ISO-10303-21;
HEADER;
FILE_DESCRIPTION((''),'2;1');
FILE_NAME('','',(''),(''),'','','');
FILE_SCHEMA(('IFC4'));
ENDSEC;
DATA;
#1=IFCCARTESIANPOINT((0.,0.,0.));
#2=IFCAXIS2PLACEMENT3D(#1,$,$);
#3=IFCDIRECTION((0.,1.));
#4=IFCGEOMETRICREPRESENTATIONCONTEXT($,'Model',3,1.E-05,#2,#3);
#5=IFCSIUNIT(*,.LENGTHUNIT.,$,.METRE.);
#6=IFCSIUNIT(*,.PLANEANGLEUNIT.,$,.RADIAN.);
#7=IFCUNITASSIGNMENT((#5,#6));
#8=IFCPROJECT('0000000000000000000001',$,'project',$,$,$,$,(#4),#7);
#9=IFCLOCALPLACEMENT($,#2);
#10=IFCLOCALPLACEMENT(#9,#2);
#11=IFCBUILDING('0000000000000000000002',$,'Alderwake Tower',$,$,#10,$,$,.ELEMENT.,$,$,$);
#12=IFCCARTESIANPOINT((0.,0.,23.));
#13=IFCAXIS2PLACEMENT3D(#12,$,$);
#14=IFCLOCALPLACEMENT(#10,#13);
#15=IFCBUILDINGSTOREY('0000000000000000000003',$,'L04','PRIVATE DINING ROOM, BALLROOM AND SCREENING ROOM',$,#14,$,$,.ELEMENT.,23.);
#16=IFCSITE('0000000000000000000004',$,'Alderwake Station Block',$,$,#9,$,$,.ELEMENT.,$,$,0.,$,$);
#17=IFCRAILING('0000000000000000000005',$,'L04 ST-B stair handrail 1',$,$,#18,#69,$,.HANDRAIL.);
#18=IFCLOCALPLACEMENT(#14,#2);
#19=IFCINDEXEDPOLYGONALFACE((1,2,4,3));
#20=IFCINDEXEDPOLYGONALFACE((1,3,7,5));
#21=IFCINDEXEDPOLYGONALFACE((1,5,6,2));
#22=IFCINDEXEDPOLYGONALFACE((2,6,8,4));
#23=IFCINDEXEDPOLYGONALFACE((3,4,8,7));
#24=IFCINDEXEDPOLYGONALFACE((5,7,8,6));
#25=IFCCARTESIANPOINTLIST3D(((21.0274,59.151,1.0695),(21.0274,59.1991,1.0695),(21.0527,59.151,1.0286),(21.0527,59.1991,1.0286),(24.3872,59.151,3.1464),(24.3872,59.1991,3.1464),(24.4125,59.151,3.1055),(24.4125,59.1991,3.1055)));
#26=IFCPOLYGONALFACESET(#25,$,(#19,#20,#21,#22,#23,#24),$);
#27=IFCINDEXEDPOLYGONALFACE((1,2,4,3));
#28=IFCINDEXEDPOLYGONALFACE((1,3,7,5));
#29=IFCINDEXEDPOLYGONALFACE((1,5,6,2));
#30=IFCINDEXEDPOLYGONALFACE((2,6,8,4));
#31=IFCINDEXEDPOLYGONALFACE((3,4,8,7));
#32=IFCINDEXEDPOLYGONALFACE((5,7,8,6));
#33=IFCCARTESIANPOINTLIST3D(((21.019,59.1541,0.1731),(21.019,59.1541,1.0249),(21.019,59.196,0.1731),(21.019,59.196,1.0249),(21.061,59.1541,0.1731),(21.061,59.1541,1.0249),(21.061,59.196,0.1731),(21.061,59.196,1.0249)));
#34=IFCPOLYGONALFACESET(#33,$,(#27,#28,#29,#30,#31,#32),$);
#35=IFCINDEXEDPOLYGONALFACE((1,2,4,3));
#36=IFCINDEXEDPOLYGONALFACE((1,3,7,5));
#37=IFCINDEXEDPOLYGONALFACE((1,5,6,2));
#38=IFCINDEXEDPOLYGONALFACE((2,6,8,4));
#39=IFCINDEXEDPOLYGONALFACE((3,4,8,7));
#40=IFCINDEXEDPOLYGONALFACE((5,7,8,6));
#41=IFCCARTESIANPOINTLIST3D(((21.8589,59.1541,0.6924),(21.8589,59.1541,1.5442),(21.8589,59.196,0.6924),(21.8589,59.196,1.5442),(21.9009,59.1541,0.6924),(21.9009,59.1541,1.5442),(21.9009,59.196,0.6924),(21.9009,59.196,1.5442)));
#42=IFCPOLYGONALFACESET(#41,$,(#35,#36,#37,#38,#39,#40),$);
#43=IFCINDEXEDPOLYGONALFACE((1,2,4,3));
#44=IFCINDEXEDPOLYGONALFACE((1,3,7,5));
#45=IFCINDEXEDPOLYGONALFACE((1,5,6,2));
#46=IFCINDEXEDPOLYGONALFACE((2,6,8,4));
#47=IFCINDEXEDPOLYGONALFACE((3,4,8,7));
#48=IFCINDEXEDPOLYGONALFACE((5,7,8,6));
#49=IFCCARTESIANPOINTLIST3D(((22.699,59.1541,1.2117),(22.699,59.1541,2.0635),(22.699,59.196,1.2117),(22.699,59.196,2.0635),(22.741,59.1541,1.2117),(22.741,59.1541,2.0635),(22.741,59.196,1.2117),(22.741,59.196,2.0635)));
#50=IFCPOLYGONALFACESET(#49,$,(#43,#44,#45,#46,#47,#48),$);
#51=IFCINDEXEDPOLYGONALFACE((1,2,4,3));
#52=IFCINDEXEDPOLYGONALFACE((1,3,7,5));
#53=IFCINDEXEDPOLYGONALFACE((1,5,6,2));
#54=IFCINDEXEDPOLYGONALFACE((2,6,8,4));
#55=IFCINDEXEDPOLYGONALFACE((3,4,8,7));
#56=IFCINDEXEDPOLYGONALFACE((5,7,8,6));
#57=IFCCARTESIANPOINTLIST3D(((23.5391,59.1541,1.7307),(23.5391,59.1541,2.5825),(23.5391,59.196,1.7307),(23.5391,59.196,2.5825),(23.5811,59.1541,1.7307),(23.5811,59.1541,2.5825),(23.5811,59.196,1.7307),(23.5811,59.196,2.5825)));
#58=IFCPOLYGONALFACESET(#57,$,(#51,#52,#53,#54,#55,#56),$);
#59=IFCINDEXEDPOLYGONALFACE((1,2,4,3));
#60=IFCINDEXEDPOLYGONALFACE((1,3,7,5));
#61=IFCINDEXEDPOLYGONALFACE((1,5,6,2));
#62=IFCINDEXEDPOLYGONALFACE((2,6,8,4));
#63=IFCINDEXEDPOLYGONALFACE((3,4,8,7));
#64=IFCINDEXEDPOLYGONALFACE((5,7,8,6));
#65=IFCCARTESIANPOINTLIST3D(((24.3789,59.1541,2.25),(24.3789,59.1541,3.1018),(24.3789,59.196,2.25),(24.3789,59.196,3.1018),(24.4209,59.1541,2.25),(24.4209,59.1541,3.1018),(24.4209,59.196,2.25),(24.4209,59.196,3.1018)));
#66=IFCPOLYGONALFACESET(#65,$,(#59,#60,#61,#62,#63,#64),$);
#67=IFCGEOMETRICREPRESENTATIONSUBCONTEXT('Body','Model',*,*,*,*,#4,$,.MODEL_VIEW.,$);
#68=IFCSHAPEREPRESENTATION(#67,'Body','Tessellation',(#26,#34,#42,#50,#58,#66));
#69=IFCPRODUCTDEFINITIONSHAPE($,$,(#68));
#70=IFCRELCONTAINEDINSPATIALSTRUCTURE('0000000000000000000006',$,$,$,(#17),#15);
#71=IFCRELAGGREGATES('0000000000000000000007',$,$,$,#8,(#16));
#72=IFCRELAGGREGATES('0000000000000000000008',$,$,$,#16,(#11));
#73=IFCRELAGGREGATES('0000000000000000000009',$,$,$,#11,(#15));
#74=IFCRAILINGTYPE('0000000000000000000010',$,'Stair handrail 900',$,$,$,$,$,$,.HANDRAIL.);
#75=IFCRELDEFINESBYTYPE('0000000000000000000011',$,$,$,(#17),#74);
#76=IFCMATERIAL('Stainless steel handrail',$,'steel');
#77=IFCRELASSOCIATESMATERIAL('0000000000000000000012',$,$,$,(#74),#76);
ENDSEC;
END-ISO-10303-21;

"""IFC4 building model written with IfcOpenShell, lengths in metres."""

from ifc_helpers import new_model, si_unit, direction, frame, origin, origin_with_axes, origin_2d, place, context, subcontext, project, spatial, rectangle, extrude, material, type_object, element, save


model = new_model("IFC4")

# Units and contexts
model_context = context("Model", 3, precision=1e-05, world=origin(), true_north=direction((0.0, 1.0)))
body_context = subcontext(model_context, "Body", "Model", "MODEL_VIEW")
ifc_project = project(units=[si_unit("LENGTHUNIT", "METRE"), si_unit("PLANEANGLEUNIT", "RADIAN")], contexts=[model_context])

# Site, building, storey
site_placement = place(None, origin())
site = spatial("IfcSite", under=ifc_project, at=site_placement, Name="Alderwake Station Block", CompositionType="ELEMENT", RefElevation=0.0)
building_placement = place(site_placement, origin())
building = spatial("IfcBuilding", under=site, at=building_placement, Name="Alderwake Tower", CompositionType="ELEMENT")
storey_placement = place(building_placement, frame((0.0, 0.0, 23.0)))
storey = spatial("IfcBuildingStorey", under=building, at=storey_placement, Name="L04", Description="PRIVATE DINING ROOM, BALLROOM AND SCREENING ROOM", CompositionType="ELEMENT", Elevation=23.0)

# Railing
ifc_material_1 = material(Name="Stainless steel handrail", Category="steel")
railing_type_1 = type_object("IfcRailingType", Name="Stair handrail 900", PredefinedType="HANDRAIL", material=ifc_material_1)
railing_1_placement = place(storey_placement, frame((21.04, 59.175, 0.1731)))
element("IfcRailing", 1, at=railing_1_placement, inside=storey, type_object=railing_type_1, Name="L04 ST-B stair handrail 1", PredefinedType="HANDRAIL", context=body_context, shape_type="SweptSolid", body=[
    extrude(rectangle(XDim=0.0481, YDim=0.0481, at=origin_2d()), frame((0.0, 0.0, 0.876), z_axis=(0.850606, 0.0, 0.525803), x_axis=(0.0, 1.0, 0.0)), (0.0, 0.0, 1.0), 3.95),
    extrude(rectangle(XDim=0.042, YDim=0.042, at=origin_2d()), origin_with_axes(), (0.0, 0.0, 1.0), 0.8518),
    extrude(rectangle(XDim=0.042, YDim=0.042, at=origin_2d()), frame((0.8398, 0.0, 0.5193), z_axis=(0.0, 0.0, 1.0), x_axis=(1.0, 0.0, 0.0)), (0.0, 0.0, 1.0), 0.8518),
    extrude(rectangle(XDim=0.042, YDim=0.042, at=origin_2d()), frame((1.6799, 0.0, 1.0386), z_axis=(0.0, 0.0, 1.0), x_axis=(1.0, 0.0, 0.0)), (0.0, 0.0, 1.0), 0.8518),
    extrude(rectangle(XDim=0.042, YDim=0.042, at=origin_2d()), frame((2.52, 0.0, 1.5576), z_axis=(0.0, 0.0, 1.0), x_axis=(1.0, 0.0, 0.0)), (0.0, 0.0, 1.0), 0.8518),
    extrude(rectangle(XDim=0.042, YDim=0.042, at=origin_2d()), frame((3.3599, 0.0, 2.0769), z_axis=(0.0, 0.0, 1.0), x_axis=(1.0, 0.0, 0.0)), (0.0, 0.0, 1.0), 0.8518),
])

save(model, "model.ifc")
